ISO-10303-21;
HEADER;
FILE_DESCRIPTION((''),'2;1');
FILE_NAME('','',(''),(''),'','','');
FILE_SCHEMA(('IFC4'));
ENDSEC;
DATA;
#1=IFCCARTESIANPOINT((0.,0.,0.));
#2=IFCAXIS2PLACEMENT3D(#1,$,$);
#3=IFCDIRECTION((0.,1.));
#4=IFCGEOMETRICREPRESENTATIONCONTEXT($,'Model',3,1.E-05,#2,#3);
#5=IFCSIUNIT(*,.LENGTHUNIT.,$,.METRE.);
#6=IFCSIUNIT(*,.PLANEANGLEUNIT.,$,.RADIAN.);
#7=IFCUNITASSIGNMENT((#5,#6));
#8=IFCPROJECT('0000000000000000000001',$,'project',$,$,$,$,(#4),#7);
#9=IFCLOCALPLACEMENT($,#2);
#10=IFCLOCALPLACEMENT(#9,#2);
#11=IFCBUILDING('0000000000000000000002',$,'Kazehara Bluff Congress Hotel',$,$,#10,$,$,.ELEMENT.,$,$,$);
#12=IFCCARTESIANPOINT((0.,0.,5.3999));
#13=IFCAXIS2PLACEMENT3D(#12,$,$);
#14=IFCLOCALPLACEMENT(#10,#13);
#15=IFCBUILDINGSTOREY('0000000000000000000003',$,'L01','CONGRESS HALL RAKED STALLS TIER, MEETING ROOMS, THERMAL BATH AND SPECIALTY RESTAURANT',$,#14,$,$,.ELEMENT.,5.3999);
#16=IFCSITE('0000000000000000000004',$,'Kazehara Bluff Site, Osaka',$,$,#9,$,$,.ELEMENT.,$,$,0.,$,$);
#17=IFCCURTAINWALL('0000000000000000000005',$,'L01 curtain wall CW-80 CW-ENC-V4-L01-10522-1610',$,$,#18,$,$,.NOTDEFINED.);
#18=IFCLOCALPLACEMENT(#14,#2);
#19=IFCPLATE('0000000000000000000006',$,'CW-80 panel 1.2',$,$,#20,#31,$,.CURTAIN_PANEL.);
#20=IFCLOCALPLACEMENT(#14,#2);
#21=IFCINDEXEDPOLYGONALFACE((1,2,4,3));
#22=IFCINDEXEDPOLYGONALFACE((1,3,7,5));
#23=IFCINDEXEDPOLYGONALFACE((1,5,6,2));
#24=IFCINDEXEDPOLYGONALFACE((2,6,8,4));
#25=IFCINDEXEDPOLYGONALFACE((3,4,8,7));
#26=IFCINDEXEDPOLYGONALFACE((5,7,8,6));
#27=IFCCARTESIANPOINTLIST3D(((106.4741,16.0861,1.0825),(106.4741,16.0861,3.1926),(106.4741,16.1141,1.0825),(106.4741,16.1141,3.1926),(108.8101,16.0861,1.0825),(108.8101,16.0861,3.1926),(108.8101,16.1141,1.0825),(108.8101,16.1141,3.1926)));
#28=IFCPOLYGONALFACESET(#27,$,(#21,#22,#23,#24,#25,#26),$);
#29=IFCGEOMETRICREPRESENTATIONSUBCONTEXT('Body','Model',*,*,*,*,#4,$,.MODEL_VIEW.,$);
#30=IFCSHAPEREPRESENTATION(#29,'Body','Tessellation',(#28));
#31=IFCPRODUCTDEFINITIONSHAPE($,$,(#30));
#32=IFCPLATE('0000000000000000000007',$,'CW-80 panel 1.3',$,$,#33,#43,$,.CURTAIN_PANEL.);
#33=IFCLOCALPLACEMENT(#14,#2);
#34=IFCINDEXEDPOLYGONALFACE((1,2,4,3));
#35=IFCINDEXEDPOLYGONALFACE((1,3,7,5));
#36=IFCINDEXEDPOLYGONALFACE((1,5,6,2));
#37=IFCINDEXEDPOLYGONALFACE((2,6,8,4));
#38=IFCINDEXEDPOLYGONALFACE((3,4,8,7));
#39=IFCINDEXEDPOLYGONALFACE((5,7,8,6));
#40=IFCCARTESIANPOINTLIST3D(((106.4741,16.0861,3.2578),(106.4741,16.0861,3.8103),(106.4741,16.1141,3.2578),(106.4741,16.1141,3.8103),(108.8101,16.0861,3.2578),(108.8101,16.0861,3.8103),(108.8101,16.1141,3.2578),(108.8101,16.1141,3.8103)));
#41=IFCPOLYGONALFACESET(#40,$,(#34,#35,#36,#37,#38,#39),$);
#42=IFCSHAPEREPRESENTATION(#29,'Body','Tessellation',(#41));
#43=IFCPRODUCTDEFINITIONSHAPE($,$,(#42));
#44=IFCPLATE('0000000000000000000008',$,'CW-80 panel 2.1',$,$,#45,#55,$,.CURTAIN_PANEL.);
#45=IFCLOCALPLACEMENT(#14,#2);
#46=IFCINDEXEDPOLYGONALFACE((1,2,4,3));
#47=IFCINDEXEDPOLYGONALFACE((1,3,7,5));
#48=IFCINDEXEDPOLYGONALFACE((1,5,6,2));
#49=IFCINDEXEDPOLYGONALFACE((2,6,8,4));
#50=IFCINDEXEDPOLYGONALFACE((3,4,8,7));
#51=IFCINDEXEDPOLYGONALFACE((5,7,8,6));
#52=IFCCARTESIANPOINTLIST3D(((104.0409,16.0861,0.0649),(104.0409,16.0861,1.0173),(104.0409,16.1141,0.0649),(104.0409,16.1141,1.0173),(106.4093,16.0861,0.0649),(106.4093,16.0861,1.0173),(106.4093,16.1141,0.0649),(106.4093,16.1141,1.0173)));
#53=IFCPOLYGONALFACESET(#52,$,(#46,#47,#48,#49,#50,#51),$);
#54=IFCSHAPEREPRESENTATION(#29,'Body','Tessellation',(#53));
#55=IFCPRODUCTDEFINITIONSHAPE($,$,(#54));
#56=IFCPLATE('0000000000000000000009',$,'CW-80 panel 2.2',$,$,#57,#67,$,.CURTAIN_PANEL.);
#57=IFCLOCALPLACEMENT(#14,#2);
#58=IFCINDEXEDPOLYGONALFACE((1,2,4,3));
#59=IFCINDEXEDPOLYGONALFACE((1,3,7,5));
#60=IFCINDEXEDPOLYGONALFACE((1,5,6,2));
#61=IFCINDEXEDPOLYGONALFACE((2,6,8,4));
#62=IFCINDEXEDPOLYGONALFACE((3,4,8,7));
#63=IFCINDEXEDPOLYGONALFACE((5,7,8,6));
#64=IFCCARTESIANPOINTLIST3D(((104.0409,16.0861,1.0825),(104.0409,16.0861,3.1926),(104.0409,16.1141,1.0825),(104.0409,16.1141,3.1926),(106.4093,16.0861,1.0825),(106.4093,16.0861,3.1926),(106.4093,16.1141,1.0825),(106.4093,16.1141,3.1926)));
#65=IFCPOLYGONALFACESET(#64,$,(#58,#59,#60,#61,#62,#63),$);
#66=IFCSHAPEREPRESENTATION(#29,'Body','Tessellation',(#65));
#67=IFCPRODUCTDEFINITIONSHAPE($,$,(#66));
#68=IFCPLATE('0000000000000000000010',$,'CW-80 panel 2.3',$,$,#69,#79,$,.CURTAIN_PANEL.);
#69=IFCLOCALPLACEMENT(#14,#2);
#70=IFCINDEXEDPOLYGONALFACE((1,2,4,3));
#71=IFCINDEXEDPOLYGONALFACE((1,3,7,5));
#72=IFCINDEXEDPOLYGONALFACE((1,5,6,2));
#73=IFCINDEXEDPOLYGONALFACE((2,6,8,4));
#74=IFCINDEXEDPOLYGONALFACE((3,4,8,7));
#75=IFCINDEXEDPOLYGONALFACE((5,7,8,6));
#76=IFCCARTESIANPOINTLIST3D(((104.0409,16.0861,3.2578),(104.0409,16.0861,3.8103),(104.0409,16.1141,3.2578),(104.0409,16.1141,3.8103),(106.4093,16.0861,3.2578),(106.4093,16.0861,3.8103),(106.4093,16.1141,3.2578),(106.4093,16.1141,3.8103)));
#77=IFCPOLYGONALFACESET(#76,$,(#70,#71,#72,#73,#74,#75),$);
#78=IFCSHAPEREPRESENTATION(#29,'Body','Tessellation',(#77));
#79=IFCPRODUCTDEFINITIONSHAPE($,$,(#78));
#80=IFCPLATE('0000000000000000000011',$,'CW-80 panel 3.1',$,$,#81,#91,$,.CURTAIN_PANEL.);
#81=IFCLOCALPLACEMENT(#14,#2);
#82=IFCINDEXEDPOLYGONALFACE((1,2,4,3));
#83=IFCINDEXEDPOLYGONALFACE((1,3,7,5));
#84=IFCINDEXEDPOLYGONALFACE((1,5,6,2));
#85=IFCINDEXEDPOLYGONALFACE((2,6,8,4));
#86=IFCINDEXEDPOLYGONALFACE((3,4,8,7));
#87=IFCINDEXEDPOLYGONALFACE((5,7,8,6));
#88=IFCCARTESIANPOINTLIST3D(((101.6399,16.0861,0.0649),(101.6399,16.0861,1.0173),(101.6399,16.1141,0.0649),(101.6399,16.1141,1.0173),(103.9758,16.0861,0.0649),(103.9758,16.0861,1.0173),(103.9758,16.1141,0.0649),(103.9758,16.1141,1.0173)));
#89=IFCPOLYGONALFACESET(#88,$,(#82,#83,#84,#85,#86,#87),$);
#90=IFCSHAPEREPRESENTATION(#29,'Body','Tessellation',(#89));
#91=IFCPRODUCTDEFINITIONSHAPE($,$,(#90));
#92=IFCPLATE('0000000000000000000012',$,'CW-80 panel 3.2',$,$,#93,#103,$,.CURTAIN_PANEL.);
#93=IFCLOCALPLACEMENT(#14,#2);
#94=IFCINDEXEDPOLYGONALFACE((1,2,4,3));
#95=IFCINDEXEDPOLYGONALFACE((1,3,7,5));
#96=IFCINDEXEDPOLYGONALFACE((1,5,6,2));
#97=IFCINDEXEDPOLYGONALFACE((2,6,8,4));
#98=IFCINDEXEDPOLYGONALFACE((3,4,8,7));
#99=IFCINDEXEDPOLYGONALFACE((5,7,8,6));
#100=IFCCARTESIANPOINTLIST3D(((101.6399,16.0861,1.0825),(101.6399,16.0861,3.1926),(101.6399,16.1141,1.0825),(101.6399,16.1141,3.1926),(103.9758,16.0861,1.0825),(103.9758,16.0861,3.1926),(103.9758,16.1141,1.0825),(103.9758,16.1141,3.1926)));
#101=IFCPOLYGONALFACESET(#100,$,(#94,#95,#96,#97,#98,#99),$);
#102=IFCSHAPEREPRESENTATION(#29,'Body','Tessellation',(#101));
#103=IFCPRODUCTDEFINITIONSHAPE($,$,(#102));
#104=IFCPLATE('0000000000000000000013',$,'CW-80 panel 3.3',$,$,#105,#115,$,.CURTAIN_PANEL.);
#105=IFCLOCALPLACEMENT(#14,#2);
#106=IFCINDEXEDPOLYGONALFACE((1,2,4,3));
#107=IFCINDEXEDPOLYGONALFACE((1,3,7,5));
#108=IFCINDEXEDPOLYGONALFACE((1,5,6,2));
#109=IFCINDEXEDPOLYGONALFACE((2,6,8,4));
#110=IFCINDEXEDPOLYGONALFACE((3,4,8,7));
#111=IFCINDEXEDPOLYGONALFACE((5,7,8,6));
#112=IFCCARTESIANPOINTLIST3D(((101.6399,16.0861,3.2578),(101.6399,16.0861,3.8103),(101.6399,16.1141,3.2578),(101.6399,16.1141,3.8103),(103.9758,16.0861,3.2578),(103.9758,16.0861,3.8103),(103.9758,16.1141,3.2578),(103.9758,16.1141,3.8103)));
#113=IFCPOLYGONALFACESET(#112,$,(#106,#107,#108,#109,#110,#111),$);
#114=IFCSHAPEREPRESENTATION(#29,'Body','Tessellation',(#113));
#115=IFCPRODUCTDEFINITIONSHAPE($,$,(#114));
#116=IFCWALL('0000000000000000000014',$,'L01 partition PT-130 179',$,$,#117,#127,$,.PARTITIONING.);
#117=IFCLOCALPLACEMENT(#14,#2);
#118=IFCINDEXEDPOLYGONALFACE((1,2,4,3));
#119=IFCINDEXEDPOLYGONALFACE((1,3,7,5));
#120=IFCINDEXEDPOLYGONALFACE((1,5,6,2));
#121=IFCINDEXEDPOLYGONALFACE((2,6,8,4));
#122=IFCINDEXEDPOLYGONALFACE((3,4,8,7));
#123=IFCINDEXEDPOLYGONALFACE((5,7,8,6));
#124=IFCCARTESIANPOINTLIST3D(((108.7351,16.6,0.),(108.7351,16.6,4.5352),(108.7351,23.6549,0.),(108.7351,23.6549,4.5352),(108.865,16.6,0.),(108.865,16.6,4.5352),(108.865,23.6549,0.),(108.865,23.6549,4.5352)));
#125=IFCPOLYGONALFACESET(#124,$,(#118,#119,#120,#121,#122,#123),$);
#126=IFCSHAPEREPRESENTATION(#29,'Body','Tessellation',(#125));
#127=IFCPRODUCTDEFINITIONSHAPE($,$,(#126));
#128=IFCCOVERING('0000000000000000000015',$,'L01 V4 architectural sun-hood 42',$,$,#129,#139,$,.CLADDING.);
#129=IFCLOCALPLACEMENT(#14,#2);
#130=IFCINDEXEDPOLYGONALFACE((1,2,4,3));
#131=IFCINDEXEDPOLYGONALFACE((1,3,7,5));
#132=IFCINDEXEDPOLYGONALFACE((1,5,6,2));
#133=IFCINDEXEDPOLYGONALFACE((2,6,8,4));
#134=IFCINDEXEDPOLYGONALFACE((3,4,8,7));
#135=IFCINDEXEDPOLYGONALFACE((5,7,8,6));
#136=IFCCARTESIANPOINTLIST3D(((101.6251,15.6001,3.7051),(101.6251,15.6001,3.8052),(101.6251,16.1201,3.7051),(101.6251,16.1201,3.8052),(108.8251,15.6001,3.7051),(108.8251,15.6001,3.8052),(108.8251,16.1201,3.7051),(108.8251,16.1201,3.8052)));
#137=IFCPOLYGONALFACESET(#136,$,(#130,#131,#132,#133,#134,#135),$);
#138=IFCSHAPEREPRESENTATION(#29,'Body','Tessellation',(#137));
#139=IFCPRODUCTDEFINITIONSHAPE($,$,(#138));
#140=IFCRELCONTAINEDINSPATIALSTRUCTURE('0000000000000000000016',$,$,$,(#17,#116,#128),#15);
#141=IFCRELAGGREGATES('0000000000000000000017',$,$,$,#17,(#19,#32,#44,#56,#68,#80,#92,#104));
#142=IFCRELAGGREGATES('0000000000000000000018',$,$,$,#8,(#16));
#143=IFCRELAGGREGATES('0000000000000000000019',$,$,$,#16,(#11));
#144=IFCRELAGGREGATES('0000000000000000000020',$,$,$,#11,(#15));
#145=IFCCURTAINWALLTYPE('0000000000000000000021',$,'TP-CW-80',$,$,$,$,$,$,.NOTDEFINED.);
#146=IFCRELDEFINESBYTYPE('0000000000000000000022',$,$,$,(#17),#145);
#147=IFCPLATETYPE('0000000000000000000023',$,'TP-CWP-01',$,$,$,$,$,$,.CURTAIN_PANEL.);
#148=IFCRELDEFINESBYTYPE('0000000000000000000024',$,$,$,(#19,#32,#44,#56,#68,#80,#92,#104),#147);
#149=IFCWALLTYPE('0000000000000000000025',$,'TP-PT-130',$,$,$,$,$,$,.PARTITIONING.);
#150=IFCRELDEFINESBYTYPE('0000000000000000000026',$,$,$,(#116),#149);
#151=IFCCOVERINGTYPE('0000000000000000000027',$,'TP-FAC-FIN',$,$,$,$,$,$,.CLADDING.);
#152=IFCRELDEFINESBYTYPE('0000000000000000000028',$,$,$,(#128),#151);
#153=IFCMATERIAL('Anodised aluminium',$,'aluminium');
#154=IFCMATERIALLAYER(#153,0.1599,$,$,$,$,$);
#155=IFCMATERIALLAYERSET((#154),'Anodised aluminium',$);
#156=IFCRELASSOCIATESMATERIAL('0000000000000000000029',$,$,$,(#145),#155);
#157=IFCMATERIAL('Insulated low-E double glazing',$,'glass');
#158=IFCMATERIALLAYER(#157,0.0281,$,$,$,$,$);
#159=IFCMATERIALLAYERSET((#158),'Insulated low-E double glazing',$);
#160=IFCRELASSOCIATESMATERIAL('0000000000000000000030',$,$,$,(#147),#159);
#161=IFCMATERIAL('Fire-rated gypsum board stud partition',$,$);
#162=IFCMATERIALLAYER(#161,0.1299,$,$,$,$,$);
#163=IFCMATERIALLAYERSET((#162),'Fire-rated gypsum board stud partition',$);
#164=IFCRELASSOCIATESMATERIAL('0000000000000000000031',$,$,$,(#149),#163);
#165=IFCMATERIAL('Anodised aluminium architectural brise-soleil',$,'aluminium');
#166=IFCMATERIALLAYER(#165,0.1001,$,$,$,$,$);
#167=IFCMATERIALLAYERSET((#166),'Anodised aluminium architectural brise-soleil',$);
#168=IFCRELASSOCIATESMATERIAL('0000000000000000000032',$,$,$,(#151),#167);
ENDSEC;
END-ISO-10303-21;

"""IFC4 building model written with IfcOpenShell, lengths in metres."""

from ifc_helpers import new_model, si_unit, direction, frame, frame_2d, origin, origin_2d, place, context, subcontext, project, spatial, rectangle, extrude, material, layer, layer_set, type_object, element, aggregate, save


model = new_model("IFC4")

# Units and contexts
model_context = context("Model", 3, precision=1e-05, world=origin(), true_north=direction((0.0, 1.0)))
body_context = subcontext(model_context, "Body", "Model", "MODEL_VIEW")
ifc_project = project(units=[si_unit("LENGTHUNIT", "METRE"), si_unit("PLANEANGLEUNIT", "RADIAN")], contexts=[model_context])

# Site, building, storey
site_placement = place(None, origin())
site = spatial("IfcSite", under=ifc_project, at=site_placement, Name="Kazehara Bluff Site, Osaka", CompositionType="ELEMENT", RefElevation=0.0)
building_placement = place(site_placement, origin())
building = spatial("IfcBuilding", under=site, at=building_placement, Name="Kazehara Bluff Congress Hotel", CompositionType="ELEMENT")
storey_placement = place(building_placement, frame((0.0, 0.0, 5.3999)))
storey = spatial("IfcBuildingStorey", under=building, at=storey_placement, Name="L01", Description="CONGRESS HALL RAKED STALLS TIER, MEETING ROOMS, THERMAL BATH AND SPECIALTY RESTAURANT", CompositionType="ELEMENT", Elevation=5.3999)

# Curtain wall
ifc_material_1 = material(Name="Anodised aluminium", Category="aluminium")
ifc_layer_1 = layer(ifc_material_1, 0.1599)
ifc_layer_set_1 = layer_set([ifc_layer_1], Name="Anodised aluminium")
curtain_wall_type = type_object("IfcCurtainWallType", Name="TP-CW-80", PredefinedType="NOTDEFINED", material=ifc_layer_set_1)
curtain_wall_placement = place(storey_placement, origin())
curtain_wall = element("IfcCurtainWall", 1, at=curtain_wall_placement, inside=storey, type_object=curtain_wall_type, Name="L01 curtain wall CW-80 CW-ENC-V4-L01-10522-1610", PredefinedType="NOTDEFINED")

# Plates
ifc_material_2 = material(Name="Insulated low-E double glazing", Category="glass")
ifc_layer_2 = layer(ifc_material_2, 0.0281)
ifc_layer_set_2 = layer_set([ifc_layer_2], Name="Insulated low-E double glazing")
plate_type = type_object("IfcPlateType", Name="TP-CWP-01", PredefinedType="CURTAIN_PANEL", material=ifc_layer_set_2)
plate_1_placement = place(storey_placement, frame((107.6421, 16.1001, 1.0825), z_axis=(0.0, 0.0, 1.0), x_axis=(-1.0, 0.0, 0.0)))
plate_1 = element("IfcPlate", 2, at=plate_1_placement, type_object=plate_type, Name="CW-80 panel 1.2", PredefinedType="CURTAIN_PANEL", context=body_context, shape_type="SweptSolid", body=[
    extrude(rectangle(XDim=2.3359, YDim=0.0281, at=origin_2d()), origin(), (0.0, 0.0, 1.0), 2.1101),
])
plate_2_placement = place(storey_placement, frame((107.6421, 16.1001, 3.2578), z_axis=(0.0, 0.0, 1.0), x_axis=(-1.0, 0.0, 0.0)))
plate_2 = element("IfcPlate", 3, at=plate_2_placement, type_object=plate_type, Name="CW-80 panel 1.3", PredefinedType="CURTAIN_PANEL", context=body_context, shape_type="SweptSolid", body=[
    extrude(rectangle(XDim=2.3359, YDim=0.0281, at=origin_2d()), origin(), (0.0, 0.0, 1.0), 0.5525),
])
plate_3_placement = place(storey_placement, frame((105.2251, 16.1001, 0.0649), z_axis=(0.0, 0.0, 1.0), x_axis=(-1.0, 0.0, 0.0)))
plate_3 = element("IfcPlate", 4, at=plate_3_placement, type_object=plate_type, Name="CW-80 panel 2.1", PredefinedType="CURTAIN_PANEL", context=body_context, shape_type="SweptSolid", body=[
    extrude(rectangle(XDim=2.3684, YDim=0.0281, at=origin_2d()), origin(), (0.0, 0.0, 1.0), 0.9524),
])
plate_4_placement = place(storey_placement, frame((105.2251, 16.1001, 1.0825), z_axis=(0.0, 0.0, 1.0), x_axis=(-1.0, 0.0, 0.0)))
plate_4 = element("IfcPlate", 5, at=plate_4_placement, type_object=plate_type, Name="CW-80 panel 2.2", PredefinedType="CURTAIN_PANEL", context=body_context, shape_type="SweptSolid", body=[
    extrude(rectangle(XDim=2.3684, YDim=0.0281, at=origin_2d()), origin(), (0.0, 0.0, 1.0), 2.1101),
])
plate_5_placement = place(storey_placement, frame((105.2251, 16.1001, 3.2578), z_axis=(0.0, 0.0, 1.0), x_axis=(-1.0, 0.0, 0.0)))
plate_5 = element("IfcPlate", 6, at=plate_5_placement, type_object=plate_type, Name="CW-80 panel 2.3", PredefinedType="CURTAIN_PANEL", context=body_context, shape_type="SweptSolid", body=[
    extrude(rectangle(XDim=2.3684, YDim=0.0281, at=origin_2d()), origin(), (0.0, 0.0, 1.0), 0.5525),
])
plate_6_placement = place(storey_placement, frame((102.8079, 16.1001, 0.0649), z_axis=(0.0, 0.0, 1.0), x_axis=(-1.0, 0.0, 0.0)))
plate_6 = element("IfcPlate", 7, at=plate_6_placement, type_object=plate_type, Name="CW-80 panel 3.1", PredefinedType="CURTAIN_PANEL", context=body_context, shape_type="SweptSolid", body=[
    extrude(rectangle(XDim=2.3359, YDim=0.0281, at=origin_2d()), origin(), (0.0, 0.0, 1.0), 0.9524),
])
plate_7_placement = place(storey_placement, frame((102.8079, 16.1001, 1.0825), z_axis=(0.0, 0.0, 1.0), x_axis=(-1.0, 0.0, 0.0)))
plate_7 = element("IfcPlate", 8, at=plate_7_placement, type_object=plate_type, Name="CW-80 panel 3.2", PredefinedType="CURTAIN_PANEL", context=body_context, shape_type="SweptSolid", body=[
    extrude(rectangle(XDim=2.3359, YDim=0.0281, at=origin_2d()), origin(), (0.0, 0.0, 1.0), 2.1101),
])
plate_8_placement = place(storey_placement, frame((102.8079, 16.1001, 3.2578), z_axis=(0.0, 0.0, 1.0), x_axis=(-1.0, 0.0, 0.0)))
plate_8 = element("IfcPlate", 9, at=plate_8_placement, type_object=plate_type, Name="CW-80 panel 3.3", PredefinedType="CURTAIN_PANEL", context=body_context, shape_type="SweptSolid", body=[
    extrude(rectangle(XDim=2.3359, YDim=0.0281, at=origin_2d()), origin(), (0.0, 0.0, 1.0), 0.5525),
])
aggregate(curtain_wall, [plate_1, plate_2, plate_3, plate_4, plate_5, plate_6, plate_7, plate_8])

# Wall
ifc_material_3 = material(Name="Fire-rated gypsum board stud partition")
ifc_layer_3 = layer(ifc_material_3, 0.1299)
ifc_layer_set_3 = layer_set([ifc_layer_3], Name="Fire-rated gypsum board stud partition")
wall_type = type_object("IfcWallType", Name="TP-PT-130", PredefinedType="PARTITIONING", material=ifc_layer_set_3)
wall_placement = place(storey_placement, frame((108.8, 16.6001, 0.0), z_axis=(0.0, 0.0, 1.0), x_axis=(0.0, 1.0, 0.0)))
element("IfcWall", 10, at=wall_placement, inside=storey, type_object=wall_type, Name="L01 partition PT-130 179", PredefinedType="PARTITIONING", context=body_context, shape_type="SweptSolid", body=[
    extrude(rectangle(XDim=7.0549, YDim=0.1299, at=frame_2d((3.5273, 0.0))), origin(), (0.0, 0.0, 1.0), 4.5352),
])

# Covering
ifc_material_4 = material(Name="Anodised aluminium architectural brise-soleil", Category="aluminium")
ifc_layer_4 = layer(ifc_material_4, 0.1001)
ifc_layer_set_4 = layer_set([ifc_layer_4], Name="Anodised aluminium architectural brise-soleil")
covering_type = type_object("IfcCoveringType", Name="TP-FAC-FIN", PredefinedType="CLADDING", material=ifc_layer_set_4)
covering_placement = place(storey_placement, frame((105.2251, 15.8601, 3.7051), z_axis=(0.0, 0.0, 1.0), x_axis=(1.0, 0.0, 0.0)))
element("IfcCovering", 11, at=covering_placement, inside=storey, type_object=covering_type, Name="L01 V4 architectural sun-hood 42", PredefinedType="CLADDING", context=body_context, shape_type="SweptSolid", body=[
    extrude(rectangle(XDim=7.2, YDim=0.52, at=origin_2d()), origin(), (0.0, 0.0, 1.0), 0.1001),
])

save(model, "model.ifc")
